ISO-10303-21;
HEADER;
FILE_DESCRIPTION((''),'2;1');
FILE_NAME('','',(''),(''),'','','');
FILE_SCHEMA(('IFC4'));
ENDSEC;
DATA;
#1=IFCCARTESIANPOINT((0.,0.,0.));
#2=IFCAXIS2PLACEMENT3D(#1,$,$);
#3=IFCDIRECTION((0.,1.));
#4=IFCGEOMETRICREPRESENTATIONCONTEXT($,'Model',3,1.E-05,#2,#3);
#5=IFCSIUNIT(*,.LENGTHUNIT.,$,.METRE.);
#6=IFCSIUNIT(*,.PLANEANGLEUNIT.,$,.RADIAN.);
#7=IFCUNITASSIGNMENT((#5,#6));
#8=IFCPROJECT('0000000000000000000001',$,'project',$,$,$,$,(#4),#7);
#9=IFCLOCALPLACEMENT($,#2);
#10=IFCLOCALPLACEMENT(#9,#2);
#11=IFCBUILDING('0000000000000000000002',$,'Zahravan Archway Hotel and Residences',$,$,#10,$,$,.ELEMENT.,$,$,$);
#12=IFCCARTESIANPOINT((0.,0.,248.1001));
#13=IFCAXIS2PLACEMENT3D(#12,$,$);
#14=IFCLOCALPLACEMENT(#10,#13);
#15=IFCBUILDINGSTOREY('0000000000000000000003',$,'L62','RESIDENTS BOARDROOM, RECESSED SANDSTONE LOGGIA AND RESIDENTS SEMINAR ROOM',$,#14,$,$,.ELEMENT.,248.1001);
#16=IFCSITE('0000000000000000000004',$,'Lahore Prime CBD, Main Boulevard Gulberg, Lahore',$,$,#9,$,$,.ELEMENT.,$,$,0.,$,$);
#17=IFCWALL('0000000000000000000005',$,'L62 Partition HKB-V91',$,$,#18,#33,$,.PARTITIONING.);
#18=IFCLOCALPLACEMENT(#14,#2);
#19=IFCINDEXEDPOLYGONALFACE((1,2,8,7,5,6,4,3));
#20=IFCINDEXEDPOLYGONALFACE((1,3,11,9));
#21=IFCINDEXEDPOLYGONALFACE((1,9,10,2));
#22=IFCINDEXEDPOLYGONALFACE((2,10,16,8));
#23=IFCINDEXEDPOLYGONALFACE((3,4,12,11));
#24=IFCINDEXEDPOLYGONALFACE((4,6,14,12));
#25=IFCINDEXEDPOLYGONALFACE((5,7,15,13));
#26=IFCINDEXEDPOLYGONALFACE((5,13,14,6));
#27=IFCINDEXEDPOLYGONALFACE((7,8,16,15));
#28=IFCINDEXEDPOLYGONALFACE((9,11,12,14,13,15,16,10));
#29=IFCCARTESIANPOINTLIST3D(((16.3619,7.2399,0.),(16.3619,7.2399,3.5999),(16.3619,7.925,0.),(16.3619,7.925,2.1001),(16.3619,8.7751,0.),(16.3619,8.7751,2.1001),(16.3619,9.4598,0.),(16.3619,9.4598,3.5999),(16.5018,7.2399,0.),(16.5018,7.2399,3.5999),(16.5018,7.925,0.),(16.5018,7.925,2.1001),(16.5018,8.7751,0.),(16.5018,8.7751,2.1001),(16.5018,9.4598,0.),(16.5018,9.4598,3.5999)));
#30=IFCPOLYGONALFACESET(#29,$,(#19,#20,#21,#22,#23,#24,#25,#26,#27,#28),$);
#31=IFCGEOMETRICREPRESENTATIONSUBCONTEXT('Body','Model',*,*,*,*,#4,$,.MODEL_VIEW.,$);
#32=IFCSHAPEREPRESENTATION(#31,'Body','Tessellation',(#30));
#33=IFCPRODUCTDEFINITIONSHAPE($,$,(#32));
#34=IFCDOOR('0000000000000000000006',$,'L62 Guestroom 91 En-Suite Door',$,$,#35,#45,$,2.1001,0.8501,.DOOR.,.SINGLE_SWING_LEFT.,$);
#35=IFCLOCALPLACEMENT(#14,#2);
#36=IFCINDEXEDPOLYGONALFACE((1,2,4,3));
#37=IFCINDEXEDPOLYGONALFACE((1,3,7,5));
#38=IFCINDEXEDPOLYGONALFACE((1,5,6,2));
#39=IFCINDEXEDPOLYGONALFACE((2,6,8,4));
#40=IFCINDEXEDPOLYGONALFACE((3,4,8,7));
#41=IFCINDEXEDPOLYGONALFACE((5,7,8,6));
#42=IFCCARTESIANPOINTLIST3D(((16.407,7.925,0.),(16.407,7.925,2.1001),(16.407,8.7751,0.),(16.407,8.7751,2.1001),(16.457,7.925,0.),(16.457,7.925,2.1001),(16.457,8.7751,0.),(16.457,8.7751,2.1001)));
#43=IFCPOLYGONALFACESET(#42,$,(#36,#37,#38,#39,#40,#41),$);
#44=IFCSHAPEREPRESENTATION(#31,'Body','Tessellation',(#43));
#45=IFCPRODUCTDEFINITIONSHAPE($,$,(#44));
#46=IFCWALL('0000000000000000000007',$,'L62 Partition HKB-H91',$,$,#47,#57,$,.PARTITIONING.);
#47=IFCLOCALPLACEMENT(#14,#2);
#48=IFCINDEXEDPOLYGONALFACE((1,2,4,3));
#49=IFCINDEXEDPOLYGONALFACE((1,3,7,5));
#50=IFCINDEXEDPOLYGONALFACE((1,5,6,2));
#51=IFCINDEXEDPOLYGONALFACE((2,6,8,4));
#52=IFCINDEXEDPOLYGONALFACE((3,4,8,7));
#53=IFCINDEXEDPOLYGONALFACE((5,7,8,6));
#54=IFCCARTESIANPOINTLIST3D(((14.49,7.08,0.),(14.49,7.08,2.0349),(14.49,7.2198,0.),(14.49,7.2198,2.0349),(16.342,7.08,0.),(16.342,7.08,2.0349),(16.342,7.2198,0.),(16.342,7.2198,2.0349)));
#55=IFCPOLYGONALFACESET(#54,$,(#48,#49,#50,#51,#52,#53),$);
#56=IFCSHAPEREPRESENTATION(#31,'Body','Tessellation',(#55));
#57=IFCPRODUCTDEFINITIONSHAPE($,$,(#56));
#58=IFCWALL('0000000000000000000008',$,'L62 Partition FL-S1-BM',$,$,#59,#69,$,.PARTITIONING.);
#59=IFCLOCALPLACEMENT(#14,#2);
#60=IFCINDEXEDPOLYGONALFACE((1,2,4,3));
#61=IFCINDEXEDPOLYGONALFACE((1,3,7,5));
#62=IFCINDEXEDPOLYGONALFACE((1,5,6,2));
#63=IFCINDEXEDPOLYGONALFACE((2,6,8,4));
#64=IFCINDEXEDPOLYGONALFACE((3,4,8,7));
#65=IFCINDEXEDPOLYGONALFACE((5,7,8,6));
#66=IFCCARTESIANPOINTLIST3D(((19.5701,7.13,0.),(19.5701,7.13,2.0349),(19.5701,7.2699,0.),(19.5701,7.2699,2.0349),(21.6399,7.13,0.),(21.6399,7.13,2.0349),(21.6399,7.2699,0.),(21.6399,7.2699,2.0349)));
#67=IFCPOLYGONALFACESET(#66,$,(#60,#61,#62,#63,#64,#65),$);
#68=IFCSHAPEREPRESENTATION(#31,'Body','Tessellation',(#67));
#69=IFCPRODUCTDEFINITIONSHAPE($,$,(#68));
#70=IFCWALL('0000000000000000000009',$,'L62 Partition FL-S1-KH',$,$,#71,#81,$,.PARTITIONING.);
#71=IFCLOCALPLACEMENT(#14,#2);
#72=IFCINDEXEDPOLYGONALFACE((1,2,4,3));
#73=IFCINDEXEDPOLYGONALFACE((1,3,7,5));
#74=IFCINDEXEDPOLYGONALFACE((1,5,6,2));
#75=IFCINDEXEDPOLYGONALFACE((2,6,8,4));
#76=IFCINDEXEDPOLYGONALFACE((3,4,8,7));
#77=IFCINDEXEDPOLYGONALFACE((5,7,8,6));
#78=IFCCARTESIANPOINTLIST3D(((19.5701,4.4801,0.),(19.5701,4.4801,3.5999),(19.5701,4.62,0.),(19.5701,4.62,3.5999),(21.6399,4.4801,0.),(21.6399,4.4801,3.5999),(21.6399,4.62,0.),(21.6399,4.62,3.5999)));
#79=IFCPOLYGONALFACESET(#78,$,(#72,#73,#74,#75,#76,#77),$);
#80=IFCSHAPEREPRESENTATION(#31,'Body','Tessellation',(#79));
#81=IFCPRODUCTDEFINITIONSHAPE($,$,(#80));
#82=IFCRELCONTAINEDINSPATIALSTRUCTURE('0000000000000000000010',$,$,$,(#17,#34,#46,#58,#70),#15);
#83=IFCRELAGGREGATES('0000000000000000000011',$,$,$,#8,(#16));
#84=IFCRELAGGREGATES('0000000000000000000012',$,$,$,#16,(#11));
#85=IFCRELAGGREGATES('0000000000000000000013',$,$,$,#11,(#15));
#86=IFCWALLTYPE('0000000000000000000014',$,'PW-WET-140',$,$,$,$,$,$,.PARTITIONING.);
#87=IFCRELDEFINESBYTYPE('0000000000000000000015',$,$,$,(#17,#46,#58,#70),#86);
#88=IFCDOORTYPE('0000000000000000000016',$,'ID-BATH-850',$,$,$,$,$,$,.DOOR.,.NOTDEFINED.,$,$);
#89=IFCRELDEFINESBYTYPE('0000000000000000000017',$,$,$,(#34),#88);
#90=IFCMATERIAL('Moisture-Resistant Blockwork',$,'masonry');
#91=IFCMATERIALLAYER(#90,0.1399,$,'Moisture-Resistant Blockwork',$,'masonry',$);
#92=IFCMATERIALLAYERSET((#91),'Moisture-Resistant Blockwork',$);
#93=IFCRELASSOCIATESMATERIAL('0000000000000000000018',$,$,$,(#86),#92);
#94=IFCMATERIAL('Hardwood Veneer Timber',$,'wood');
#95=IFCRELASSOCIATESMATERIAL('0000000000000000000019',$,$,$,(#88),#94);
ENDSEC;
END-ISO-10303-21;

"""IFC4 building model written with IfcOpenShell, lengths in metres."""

from ifc_helpers import new_model, si_unit, direction, frame, frame_2d, origin, place, context, subcontext, project, spatial, rectangle, extrude, source, transform, mapped, material, layer, layer_set, type_object, type_shapes, element, fill, save


model = new_model("IFC4")

# Units and contexts
model_context = context("Model", 3, precision=1e-05, world=origin(), true_north=direction((0.0, 1.0)))
body_context = subcontext(model_context, "Body", "Model", "MODEL_VIEW")
ifc_project = project(units=[si_unit("LENGTHUNIT", "METRE"), si_unit("PLANEANGLEUNIT", "RADIAN")], contexts=[model_context])

# Site, building, storey
site_placement = place(None, origin())
site = spatial("IfcSite", under=ifc_project, at=site_placement, Name="Lahore Prime CBD, Main Boulevard Gulberg, Lahore", CompositionType="ELEMENT", RefElevation=0.0)
building_placement = place(site_placement, origin())
building = spatial("IfcBuilding", under=site, at=building_placement, Name="Zahravan Archway Hotel and Residences", CompositionType="ELEMENT")
storey_placement = place(building_placement, frame((0.0, 0.0, 248.1001)))
storey = spatial("IfcBuildingStorey", under=building, at=storey_placement, Name="L62", Description="RESIDENTS BOARDROOM, RECESSED SANDSTONE LOGGIA AND RESIDENTS SEMINAR ROOM", CompositionType="ELEMENT", Elevation=248.1001)

# Shared definitions
ifc_material_1 = material(Name="Hardwood Veneer Timber", Category="wood")

# Wall, opening, door
ifc_material_2 = material(Name="Moisture-Resistant Blockwork", Category="masonry")
ifc_layer_1 = layer(ifc_material_2, 0.1399, Name="Moisture-Resistant Blockwork", Category="masonry")
ifc_layer_set_1 = layer_set([ifc_layer_1], Name="Moisture-Resistant Blockwork")
wall_type_1 = type_object("IfcWallType", Name="PW-WET-140", PredefinedType="PARTITIONING", material=ifc_layer_set_1)
wall_1_placement = place(storey_placement, frame((16.4319, 7.24, 0.0), z_axis=(0.0, 0.0, 1.0), x_axis=(0.0, 1.0, 0.0)))
wall_1 = element("IfcWall", 1, at=wall_1_placement, inside=storey, type_object=wall_type_1, Name="L62 Partition HKB-V91", PredefinedType="PARTITIONING", context=body_context, shape_type="SweptSolid", body=[
    extrude(rectangle(XDim=2.22, YDim=0.1399, at=frame_2d((1.1099, 0.0))), origin(), (0.0, 0.0, 1.0), 3.5999),
])
opening_1_placement = place(wall_1_placement, frame((0.6851, 0.0, 0.0)))
opening_1 = element("IfcOpeningElement", 2, at=opening_1_placement, cuts=wall_1, PredefinedType="OPENING", context=body_context, shape_type="SweptSolid", body=[
    extrude(rectangle(XDim=0.8501, YDim=2.1001, at=frame_2d((0.425, 1.05))), frame((0.0, 0.0801, 0.0), z_axis=(0.0, -1.0, 0.0), x_axis=(1.0, 0.0, 0.0)), (0.0, 0.0, 1.0), 0.1599),
])
door_type_1 = type_object("IfcDoorType", Name="ID-BATH-850", OperationType="NOTDEFINED", PredefinedType="DOOR", material=ifc_material_1)
shared_shape_1 = source(origin(), body_context, "Body", "SweptSolid", [
    extrude(rectangle(XDim=0.8501, YDim=2.1001, at=frame_2d((0.425, 1.05))), frame((0.0, 0.0249, 0.0), z_axis=(0.0, -1.0, 0.0), x_axis=(1.0, 0.0, 0.0)), (0.0, 0.0, 1.0), 0.05),
])
type_shapes(door_type_1, [shared_shape_1])
door_1_placement = place(opening_1_placement, origin())
door_1 = element("IfcDoor", 3, at=door_1_placement, inside=storey, type_object=door_type_1, Name="L62 Guestroom 91 En-Suite Door", OperationType="SINGLE_SWING_LEFT", OverallHeight=2.1001, OverallWidth=0.8501, PredefinedType="DOOR", context=body_context, shape_type="MappedRepresentation", body=[
    mapped(shared_shape_1, transform((0.0, 0.0, 0.0), scale=1.0)),
])
fill(opening_1, door_1)

# Walls
wall_2_placement = place(storey_placement, frame((14.49, 7.1499, 0.0), z_axis=(0.0, 0.0, 1.0), x_axis=(1.0, 0.0, 0.0)))
element("IfcWall", 4, at=wall_2_placement, inside=storey, type_object=wall_type_1, Name="L62 Partition HKB-H91", PredefinedType="PARTITIONING", context=body_context, shape_type="SweptSolid", body=[
    extrude(rectangle(XDim=1.8521, YDim=0.1399, at=frame_2d((0.926, 0.0))), origin(), (0.0, 0.0, 1.0), 2.0349),
])
wall_3_placement = place(storey_placement, frame((19.5701, 7.2, 0.0), z_axis=(0.0, 0.0, 1.0), x_axis=(1.0, 0.0, 0.0)))
element("IfcWall", 5, at=wall_3_placement, inside=storey, type_object=wall_type_1, Name="L62 Partition FL-S1-BM", PredefinedType="PARTITIONING", context=body_context, shape_type="SweptSolid", body=[
    extrude(rectangle(XDim=2.0698, YDim=0.1399, at=frame_2d((1.0349, 0.0))), origin(), (0.0, 0.0, 1.0), 2.0349),
])
wall_4_placement = place(storey_placement, frame((19.5701, 4.55, 0.0), z_axis=(0.0, 0.0, 1.0), x_axis=(1.0, 0.0, 0.0)))
element("IfcWall", 6, at=wall_4_placement, inside=storey, type_object=wall_type_1, Name="L62 Partition FL-S1-KH", PredefinedType="PARTITIONING", context=body_context, shape_type="SweptSolid", body=[
    extrude(rectangle(XDim=2.0698, YDim=0.1399, at=frame_2d((1.0349, 0.0))), origin(), (0.0, 0.0, 1.0), 3.5999),
])

save(model, "model.ifc")
